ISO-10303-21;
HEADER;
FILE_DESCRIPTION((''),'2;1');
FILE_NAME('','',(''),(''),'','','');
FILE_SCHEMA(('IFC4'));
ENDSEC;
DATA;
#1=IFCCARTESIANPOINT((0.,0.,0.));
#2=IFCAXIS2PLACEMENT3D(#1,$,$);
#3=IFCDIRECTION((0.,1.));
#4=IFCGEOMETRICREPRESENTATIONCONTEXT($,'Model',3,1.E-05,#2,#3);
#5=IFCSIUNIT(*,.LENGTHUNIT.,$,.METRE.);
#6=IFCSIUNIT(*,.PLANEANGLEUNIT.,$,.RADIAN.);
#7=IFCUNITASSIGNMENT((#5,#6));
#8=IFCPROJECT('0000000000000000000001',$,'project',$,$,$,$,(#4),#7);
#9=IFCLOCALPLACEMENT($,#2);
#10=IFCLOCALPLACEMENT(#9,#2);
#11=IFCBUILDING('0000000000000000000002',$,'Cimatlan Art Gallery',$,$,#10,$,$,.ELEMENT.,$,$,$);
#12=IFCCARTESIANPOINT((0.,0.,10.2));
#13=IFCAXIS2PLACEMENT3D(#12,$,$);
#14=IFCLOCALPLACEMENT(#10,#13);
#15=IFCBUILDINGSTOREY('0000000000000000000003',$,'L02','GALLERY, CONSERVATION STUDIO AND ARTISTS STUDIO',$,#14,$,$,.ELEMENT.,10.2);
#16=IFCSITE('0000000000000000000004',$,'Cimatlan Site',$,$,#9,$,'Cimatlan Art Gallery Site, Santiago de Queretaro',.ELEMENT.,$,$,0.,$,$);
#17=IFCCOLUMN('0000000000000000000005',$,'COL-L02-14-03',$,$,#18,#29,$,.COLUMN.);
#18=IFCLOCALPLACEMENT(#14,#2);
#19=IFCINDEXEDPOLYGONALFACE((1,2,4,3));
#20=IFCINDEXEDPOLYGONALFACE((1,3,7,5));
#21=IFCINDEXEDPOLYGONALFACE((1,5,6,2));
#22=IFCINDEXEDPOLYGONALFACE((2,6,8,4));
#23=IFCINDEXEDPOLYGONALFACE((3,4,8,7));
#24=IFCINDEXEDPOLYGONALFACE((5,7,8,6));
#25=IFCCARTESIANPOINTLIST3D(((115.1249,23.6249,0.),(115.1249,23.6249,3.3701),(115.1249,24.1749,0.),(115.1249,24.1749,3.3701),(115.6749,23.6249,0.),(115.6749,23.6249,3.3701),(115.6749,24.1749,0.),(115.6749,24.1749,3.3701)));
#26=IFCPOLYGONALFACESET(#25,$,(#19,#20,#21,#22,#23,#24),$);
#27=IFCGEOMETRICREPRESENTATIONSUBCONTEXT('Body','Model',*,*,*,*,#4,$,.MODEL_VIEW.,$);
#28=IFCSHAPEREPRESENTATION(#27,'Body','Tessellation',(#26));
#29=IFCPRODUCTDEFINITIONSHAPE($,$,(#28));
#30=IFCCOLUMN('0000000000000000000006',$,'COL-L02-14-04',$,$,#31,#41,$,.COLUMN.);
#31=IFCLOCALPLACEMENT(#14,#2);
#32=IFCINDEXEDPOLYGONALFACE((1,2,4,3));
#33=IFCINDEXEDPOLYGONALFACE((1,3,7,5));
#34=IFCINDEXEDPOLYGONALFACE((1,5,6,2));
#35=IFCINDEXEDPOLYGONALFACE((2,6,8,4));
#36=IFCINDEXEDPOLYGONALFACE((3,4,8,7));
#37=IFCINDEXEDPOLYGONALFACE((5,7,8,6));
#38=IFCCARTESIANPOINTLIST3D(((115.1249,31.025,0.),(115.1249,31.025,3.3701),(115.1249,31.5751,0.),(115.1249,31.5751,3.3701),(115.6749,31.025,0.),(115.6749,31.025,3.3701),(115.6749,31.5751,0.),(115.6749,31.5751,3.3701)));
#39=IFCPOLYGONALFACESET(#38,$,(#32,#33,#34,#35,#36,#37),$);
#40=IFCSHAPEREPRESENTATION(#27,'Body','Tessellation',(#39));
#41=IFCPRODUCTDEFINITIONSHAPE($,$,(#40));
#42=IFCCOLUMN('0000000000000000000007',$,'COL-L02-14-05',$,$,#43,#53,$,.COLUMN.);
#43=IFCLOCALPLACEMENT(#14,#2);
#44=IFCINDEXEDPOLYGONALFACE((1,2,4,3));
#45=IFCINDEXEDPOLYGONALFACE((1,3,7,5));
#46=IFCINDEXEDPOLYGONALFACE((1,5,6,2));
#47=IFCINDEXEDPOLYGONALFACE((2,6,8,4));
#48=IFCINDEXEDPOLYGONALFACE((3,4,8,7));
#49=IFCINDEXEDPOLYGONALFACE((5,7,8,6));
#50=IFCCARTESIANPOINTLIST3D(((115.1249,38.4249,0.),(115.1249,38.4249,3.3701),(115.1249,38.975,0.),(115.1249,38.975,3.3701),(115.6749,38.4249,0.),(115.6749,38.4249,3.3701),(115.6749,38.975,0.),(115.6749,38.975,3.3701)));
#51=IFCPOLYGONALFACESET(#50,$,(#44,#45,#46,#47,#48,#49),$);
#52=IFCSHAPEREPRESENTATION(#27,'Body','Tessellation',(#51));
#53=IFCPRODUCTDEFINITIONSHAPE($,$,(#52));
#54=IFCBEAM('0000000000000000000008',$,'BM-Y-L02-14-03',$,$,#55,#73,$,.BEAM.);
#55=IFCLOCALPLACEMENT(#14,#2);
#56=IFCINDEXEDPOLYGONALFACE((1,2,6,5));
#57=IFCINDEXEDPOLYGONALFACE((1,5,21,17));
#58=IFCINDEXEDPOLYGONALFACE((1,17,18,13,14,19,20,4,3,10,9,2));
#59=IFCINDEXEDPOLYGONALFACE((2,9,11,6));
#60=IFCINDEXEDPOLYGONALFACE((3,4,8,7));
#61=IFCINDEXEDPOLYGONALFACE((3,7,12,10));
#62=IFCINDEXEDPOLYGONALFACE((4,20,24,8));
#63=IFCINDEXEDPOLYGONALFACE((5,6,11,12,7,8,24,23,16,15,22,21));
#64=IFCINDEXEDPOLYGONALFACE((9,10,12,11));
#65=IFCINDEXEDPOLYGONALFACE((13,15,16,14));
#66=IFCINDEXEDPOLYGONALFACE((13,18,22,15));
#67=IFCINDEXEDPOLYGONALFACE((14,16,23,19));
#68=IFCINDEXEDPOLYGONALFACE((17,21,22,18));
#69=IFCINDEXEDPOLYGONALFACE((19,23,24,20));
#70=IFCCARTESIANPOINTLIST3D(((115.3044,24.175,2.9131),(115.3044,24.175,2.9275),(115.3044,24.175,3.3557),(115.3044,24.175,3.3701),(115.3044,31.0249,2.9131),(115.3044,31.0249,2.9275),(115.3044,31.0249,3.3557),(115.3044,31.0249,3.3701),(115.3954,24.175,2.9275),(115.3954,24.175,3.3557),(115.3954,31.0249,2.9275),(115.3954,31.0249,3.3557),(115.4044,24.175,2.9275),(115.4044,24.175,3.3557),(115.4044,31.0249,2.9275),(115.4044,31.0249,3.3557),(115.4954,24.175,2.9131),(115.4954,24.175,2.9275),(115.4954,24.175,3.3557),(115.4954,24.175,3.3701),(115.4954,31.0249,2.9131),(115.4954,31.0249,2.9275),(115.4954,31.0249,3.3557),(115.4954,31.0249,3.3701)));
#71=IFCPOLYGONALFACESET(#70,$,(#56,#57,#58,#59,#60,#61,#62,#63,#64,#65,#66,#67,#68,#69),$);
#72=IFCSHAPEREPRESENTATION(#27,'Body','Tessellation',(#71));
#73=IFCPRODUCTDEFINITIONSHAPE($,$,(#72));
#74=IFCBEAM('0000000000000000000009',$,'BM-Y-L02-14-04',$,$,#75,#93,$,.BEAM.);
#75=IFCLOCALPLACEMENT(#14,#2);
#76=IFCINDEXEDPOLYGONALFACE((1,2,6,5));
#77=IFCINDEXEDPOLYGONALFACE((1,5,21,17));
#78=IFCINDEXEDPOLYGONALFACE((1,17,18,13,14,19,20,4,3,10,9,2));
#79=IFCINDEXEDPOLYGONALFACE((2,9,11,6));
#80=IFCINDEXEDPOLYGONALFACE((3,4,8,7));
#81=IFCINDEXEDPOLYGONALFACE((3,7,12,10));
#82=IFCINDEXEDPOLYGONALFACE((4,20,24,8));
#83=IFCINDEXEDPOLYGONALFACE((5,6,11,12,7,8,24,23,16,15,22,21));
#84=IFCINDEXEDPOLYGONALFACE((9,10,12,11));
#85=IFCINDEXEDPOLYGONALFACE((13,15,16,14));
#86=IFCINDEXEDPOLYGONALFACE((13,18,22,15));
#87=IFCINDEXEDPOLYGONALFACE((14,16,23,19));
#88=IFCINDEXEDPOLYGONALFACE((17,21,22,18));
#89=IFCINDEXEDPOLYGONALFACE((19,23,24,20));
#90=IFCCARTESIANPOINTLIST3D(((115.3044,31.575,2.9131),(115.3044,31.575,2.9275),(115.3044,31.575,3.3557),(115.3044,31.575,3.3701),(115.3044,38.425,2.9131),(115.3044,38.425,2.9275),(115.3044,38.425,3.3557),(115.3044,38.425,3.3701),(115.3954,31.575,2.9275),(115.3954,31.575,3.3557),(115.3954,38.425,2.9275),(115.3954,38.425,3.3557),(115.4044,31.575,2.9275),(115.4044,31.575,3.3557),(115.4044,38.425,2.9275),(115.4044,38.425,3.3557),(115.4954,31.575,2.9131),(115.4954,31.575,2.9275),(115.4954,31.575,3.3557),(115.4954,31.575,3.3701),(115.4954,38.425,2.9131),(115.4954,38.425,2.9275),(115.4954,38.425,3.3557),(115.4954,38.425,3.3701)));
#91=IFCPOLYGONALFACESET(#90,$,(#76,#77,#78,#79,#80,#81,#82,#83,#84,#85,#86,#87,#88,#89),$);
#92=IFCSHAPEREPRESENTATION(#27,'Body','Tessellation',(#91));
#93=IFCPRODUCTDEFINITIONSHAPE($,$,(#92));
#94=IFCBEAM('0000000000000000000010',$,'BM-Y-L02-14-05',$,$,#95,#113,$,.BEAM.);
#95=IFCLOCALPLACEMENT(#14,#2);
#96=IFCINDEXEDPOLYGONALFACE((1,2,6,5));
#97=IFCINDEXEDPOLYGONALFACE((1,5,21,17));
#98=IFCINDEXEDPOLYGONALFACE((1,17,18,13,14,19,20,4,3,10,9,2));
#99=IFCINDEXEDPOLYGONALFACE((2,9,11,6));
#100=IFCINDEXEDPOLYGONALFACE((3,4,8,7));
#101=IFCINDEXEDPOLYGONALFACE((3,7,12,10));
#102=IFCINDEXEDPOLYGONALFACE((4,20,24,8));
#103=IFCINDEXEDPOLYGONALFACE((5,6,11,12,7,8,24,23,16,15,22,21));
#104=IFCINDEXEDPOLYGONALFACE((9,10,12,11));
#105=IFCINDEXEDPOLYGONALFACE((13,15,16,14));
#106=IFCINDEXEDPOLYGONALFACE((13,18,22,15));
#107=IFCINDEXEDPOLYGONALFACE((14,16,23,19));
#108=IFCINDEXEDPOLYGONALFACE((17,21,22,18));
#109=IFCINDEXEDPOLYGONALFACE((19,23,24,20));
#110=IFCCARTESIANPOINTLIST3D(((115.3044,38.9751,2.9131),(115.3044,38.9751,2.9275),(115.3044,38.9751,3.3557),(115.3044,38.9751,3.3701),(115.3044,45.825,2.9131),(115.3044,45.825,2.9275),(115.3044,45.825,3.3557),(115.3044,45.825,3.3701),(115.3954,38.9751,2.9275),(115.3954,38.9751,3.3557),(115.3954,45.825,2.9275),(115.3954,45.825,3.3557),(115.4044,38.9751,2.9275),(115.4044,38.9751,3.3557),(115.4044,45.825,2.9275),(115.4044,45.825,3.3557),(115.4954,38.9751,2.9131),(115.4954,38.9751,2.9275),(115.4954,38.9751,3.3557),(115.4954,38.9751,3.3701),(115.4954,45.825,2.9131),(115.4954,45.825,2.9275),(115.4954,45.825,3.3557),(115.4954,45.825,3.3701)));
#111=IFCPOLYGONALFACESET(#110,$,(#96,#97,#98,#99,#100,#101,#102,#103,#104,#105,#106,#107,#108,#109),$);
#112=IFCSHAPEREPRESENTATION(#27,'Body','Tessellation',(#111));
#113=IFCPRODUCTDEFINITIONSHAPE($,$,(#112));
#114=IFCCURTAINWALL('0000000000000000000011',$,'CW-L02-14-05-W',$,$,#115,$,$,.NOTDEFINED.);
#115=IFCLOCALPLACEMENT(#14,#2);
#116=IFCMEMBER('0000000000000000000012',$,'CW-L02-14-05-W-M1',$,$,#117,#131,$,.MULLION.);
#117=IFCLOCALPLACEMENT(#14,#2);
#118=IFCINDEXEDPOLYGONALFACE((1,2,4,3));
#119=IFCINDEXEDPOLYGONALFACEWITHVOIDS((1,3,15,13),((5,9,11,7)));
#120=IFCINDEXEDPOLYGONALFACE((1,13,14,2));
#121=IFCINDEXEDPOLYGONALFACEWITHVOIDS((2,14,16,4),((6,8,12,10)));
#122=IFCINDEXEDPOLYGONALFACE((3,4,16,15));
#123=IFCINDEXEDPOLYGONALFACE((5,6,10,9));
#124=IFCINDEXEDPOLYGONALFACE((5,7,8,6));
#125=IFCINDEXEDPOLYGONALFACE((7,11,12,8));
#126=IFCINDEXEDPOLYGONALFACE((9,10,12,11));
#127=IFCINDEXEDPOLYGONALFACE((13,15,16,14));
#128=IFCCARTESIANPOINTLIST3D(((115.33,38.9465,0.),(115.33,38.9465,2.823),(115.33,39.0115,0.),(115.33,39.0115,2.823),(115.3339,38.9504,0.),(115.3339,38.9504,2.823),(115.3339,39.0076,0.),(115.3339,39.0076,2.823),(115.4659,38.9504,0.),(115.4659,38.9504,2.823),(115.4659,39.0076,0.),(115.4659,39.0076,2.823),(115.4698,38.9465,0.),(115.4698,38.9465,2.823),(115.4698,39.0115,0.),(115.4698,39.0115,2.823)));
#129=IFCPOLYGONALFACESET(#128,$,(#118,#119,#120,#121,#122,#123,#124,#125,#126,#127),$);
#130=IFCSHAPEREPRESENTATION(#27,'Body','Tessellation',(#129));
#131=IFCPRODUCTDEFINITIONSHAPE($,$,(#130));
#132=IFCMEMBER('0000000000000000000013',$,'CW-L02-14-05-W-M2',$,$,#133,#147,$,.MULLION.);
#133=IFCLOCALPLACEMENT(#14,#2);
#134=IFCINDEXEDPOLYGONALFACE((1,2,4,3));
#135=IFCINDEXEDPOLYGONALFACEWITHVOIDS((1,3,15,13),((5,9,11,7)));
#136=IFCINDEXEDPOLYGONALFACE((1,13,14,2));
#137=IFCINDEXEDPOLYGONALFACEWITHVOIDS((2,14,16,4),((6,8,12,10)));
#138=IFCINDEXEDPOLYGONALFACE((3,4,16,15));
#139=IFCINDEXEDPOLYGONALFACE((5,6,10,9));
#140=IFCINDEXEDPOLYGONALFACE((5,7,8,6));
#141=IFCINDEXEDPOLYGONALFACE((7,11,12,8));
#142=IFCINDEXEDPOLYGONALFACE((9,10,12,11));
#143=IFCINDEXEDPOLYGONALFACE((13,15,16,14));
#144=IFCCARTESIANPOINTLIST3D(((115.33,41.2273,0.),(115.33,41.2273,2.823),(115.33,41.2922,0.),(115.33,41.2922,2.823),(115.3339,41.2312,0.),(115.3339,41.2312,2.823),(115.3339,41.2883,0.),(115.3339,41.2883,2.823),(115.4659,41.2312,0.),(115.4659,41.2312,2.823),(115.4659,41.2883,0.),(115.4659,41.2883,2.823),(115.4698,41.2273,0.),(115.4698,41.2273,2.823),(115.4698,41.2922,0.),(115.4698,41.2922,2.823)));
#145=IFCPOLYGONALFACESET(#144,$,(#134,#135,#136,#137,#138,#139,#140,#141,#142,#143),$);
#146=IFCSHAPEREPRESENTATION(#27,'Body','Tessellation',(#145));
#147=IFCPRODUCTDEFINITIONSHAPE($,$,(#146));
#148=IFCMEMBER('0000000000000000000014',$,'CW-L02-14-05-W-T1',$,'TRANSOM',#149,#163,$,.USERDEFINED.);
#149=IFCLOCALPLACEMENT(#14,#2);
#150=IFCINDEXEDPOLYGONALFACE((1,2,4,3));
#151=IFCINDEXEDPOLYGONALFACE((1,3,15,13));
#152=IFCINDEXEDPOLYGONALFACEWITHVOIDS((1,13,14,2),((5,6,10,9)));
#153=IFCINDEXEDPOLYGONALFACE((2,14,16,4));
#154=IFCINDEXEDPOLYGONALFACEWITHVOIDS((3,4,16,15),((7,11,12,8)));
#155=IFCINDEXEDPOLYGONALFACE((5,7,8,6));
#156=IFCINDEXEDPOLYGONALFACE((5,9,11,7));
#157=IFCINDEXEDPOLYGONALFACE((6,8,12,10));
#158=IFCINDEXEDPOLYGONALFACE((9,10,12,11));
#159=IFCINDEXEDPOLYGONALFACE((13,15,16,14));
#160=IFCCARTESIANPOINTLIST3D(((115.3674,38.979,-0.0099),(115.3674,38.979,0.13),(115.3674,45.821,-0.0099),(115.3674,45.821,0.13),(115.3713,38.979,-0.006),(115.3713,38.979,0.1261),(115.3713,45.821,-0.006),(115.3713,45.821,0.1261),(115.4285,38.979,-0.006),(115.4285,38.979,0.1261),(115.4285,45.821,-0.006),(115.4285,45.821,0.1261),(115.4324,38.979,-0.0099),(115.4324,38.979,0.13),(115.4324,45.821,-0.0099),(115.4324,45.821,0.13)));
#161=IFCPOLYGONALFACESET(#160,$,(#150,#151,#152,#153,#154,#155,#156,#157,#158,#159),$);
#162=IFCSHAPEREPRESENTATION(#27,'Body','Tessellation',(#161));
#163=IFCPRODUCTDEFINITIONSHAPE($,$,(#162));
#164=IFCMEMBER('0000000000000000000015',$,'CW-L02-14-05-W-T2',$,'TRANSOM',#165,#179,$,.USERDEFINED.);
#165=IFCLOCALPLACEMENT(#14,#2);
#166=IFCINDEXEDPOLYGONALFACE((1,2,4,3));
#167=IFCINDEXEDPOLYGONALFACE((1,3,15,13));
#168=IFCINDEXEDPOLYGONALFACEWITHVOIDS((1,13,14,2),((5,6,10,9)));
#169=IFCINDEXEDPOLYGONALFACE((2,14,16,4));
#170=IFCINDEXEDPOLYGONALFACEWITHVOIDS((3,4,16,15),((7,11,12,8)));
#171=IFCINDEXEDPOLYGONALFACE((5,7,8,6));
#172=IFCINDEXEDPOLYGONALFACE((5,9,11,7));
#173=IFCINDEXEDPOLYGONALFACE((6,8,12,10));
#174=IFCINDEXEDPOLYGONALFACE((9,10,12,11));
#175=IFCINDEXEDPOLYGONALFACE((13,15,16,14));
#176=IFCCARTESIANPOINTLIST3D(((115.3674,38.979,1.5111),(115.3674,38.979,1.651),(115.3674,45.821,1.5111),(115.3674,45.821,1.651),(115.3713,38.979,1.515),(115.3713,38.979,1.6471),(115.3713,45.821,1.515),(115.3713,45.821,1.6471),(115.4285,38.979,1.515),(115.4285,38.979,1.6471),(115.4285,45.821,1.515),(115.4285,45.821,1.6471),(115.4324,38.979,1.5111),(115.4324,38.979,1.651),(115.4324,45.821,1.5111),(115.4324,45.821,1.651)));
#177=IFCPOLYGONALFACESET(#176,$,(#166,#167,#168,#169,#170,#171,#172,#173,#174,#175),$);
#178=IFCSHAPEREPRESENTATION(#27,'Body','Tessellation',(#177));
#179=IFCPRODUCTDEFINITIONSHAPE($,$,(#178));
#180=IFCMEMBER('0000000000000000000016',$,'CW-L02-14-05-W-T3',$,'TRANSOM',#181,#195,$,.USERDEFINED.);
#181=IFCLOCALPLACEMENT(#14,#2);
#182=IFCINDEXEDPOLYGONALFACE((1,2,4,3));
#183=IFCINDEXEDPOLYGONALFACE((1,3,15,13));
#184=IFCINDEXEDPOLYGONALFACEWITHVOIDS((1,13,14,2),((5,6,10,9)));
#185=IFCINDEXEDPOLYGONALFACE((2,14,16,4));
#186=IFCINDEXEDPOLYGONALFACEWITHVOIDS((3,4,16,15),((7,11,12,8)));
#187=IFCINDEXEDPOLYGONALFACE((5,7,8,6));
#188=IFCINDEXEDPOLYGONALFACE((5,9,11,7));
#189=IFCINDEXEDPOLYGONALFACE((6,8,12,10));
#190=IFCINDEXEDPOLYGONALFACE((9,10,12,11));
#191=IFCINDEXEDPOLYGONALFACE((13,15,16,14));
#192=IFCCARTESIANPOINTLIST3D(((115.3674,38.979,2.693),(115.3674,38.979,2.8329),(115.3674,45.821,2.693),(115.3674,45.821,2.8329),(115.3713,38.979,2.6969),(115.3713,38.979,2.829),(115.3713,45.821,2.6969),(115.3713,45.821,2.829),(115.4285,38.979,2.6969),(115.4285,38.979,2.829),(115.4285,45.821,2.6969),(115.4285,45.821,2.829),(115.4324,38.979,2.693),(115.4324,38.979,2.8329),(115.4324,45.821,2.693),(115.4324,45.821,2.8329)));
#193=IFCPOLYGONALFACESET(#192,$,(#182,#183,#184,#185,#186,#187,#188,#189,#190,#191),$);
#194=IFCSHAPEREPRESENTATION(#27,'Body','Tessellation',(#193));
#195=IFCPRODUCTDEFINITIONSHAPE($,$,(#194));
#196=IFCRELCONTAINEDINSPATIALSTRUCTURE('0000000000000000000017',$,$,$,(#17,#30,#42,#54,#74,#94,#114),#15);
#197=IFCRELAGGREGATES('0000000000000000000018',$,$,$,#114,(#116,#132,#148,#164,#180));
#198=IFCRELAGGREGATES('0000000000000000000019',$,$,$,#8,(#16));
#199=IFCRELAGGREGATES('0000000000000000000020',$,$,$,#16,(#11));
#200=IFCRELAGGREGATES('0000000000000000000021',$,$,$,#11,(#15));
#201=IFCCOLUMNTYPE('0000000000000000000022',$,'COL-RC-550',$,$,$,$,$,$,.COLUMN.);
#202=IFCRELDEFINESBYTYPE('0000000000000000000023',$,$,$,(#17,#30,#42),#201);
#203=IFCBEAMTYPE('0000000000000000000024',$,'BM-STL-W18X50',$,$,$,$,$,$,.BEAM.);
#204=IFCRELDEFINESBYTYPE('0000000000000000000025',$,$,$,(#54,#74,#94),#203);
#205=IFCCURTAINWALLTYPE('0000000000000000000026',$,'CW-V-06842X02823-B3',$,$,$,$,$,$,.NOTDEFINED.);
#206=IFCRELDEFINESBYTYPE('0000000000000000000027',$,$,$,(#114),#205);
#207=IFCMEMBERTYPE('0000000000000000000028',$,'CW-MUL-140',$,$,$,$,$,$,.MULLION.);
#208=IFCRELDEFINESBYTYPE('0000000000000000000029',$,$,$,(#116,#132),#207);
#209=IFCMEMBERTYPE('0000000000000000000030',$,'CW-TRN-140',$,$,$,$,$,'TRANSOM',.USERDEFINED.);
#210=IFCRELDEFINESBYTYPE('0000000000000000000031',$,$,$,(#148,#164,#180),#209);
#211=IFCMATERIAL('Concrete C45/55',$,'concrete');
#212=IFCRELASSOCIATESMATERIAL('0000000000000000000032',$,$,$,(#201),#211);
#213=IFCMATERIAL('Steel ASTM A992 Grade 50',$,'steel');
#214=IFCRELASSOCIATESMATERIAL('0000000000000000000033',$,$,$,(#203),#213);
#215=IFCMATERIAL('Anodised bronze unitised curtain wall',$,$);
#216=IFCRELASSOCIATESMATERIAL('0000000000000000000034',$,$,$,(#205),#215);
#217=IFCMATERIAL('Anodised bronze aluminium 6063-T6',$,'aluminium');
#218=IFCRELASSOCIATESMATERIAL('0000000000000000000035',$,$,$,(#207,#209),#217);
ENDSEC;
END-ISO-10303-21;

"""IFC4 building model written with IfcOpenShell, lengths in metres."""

from ifc_helpers import new_model, si_unit, direction, frame, origin, origin_2d, place, context, subcontext, project, spatial, rectangle, hollow_rectangle, i_section, extrude, material, material_profile, profile_set, type_object, element, aggregate, save


model = new_model("IFC4")

# Units and contexts
model_context = context("Model", 3, precision=1e-05, world=origin(), true_north=direction((0.0, 1.0)))
body_context = subcontext(model_context, "Body", "Model", "MODEL_VIEW")
ifc_project = project(units=[si_unit("LENGTHUNIT", "METRE"), si_unit("PLANEANGLEUNIT", "RADIAN")], contexts=[model_context])

# Site, building, storey
site_placement = place(None, origin())
site = spatial("IfcSite", under=ifc_project, at=site_placement, Name="Cimatlan Site", LongName="Cimatlan Art Gallery Site, Santiago de Queretaro", CompositionType="ELEMENT", RefElevation=0.0)
building_placement = place(site_placement, origin())
building = spatial("IfcBuilding", under=site, at=building_placement, Name="Cimatlan Art Gallery", CompositionType="ELEMENT")
storey_placement = place(building_placement, frame((0.0, 0.0, 10.2)))
storey = spatial("IfcBuildingStorey", under=building, at=storey_placement, Name="L02", Description="GALLERY, CONSERVATION STUDIO AND ARTISTS STUDIO", CompositionType="ELEMENT", Elevation=10.2)

# Columns
ifc_material_1 = material(Name="Concrete C45/55", Category="concrete")
ifc_material_profile_1 = material_profile(ifc_material_1, rectangle(XDim=0.55, YDim=0.55, at=origin_2d()), Name="RC550X550")
ifc_profile_set_1 = profile_set([ifc_material_profile_1], Name="Concrete C45/55")
column_type = type_object("IfcColumnType", Name="COL-RC-550", PredefinedType="COLUMN", material=ifc_profile_set_1)
for number, where, z_axis, x_axis, name in (
    (1, (115.3999, 23.8999, 0.0), (0.0, 0.0, 1.0), (1.0, 0.0, 0.0), "COL-L02-14-03"),
    (2, (115.3999, 31.3, 0.0), (0.0, 0.0, 1.0), (1.0, 0.0, 0.0), "COL-L02-14-04"),
    (3, (115.3999, 38.7, 0.0), (0.0, 0.0, 1.0), (1.0, 0.0, 0.0), "COL-L02-14-05"),
):
    element("IfcColumn", number, at=place(storey_placement, frame(where, z_axis=z_axis, x_axis=x_axis)), inside=storey, type_object=column_type, Name=name, PredefinedType="COLUMN", context=body_context, shape_type="SweptSolid", body=[
        extrude(rectangle(XDim=0.55, YDim=0.55, at=origin_2d()), origin(), (0.0, 0.0, 1.0), 3.3701),
    ])

# Beams
ifc_material_2 = material(Name="Steel ASTM A992 Grade 50", Category="steel")
ifc_material_profile_2 = material_profile(ifc_material_2, i_section(OverallWidth=0.1909, OverallDepth=0.457, WebThickness=0.009, FlangeThickness=0.0144, at=origin_2d()), Name="W18X50")
ifc_profile_set_2 = profile_set([ifc_material_profile_2], Name="Steel ASTM A992 Grade 50")
beam_type = type_object("IfcBeamType", Name="BM-STL-W18X50", PredefinedType="BEAM", material=ifc_profile_set_2)
beam_1_placement = place(storey_placement, frame((115.3999, 24.175, 3.1416), z_axis=(0.0, 1.0, 0.0), x_axis=(-1.0, 0.0, 0.0)))
element("IfcBeam", 4, at=beam_1_placement, inside=storey, type_object=beam_type, Name="BM-Y-L02-14-03", PredefinedType="BEAM", context=body_context, shape_type="SweptSolid", body=[
    extrude(i_section(OverallWidth=0.1909, OverallDepth=0.457, WebThickness=0.009, FlangeThickness=0.0144, at=origin_2d()), origin(), (0.0, 0.0, 1.0), 6.8499),
])
beam_2_placement = place(storey_placement, frame((115.3999, 31.575, 3.1416), z_axis=(0.0, 1.0, 0.0), x_axis=(-1.0, 0.0, 0.0)))
element("IfcBeam", 5, at=beam_2_placement, inside=storey, type_object=beam_type, Name="BM-Y-L02-14-04", PredefinedType="BEAM", context=body_context, shape_type="SweptSolid", body=[
    extrude(i_section(OverallWidth=0.1909, OverallDepth=0.457, WebThickness=0.009, FlangeThickness=0.0144, at=origin_2d()), origin(), (0.0, 0.0, 1.0), 6.8501),
])
beam_3_placement = place(storey_placement, frame((115.3999, 38.9751, 3.1416), z_axis=(0.0, 1.0, 0.0), x_axis=(-1.0, 0.0, 0.0)))
element("IfcBeam", 6, at=beam_3_placement, inside=storey, type_object=beam_type, Name="BM-Y-L02-14-05", PredefinedType="BEAM", context=body_context, shape_type="SweptSolid", body=[
    extrude(i_section(OverallWidth=0.1909, OverallDepth=0.457, WebThickness=0.009, FlangeThickness=0.0144, at=origin_2d()), origin(), (0.0, 0.0, 1.0), 6.8499),
])

# Curtain wall, members
ifc_material_3 = material(Name="Anodised bronze unitised curtain wall")
curtain_wall_type = type_object("IfcCurtainWallType", Name="CW-V-06842X02823-B3", PredefinedType="NOTDEFINED", material=ifc_material_3)
curtain_wall_placement = place(storey_placement, origin())
curtain_wall = element("IfcCurtainWall", 7, at=curtain_wall_placement, inside=storey, type_object=curtain_wall_type, Name="CW-L02-14-05-W", PredefinedType="NOTDEFINED")
ifc_material_4 = material(Name="Anodised bronze aluminium 6063-T6", Category="aluminium")
ifc_material_profile_3 = material_profile(ifc_material_4, hollow_rectangle(XDim=0.0649, YDim=0.1399, WallThickness=0.0039, at=origin_2d()), Name="ALU65X140X4")
ifc_profile_set_3 = profile_set([ifc_material_profile_3], Name="Anodised bronze aluminium 6063-T6")
member_type_1 = type_object("IfcMemberType", Name="CW-MUL-140", PredefinedType="MULLION", material=ifc_profile_set_3)
member_1_placement = place(storey_placement, frame((115.3999, 38.979, 0.0), z_axis=(0.0, 0.0, 1.0), x_axis=(0.0, 1.0, 0.0)))
member_1 = element("IfcMember", 8, at=member_1_placement, type_object=member_type_1, Name="CW-L02-14-05-W-M1", PredefinedType="MULLION", context=body_context, shape_type="SweptSolid", body=[
    extrude(hollow_rectangle(XDim=0.0649, YDim=0.1399, WallThickness=0.0039, at=origin_2d()), origin(), (0.0, 0.0, 1.0), 2.823),
])
member_2_placement = place(storey_placement, frame((115.3999, 41.2598, 0.0), z_axis=(0.0, 0.0, 1.0), x_axis=(0.0, 1.0, 0.0)))
member_2 = element("IfcMember", 9, at=member_2_placement, type_object=member_type_1, Name="CW-L02-14-05-W-M2", PredefinedType="MULLION", context=body_context, shape_type="SweptSolid", body=[
    extrude(hollow_rectangle(XDim=0.0649, YDim=0.1399, WallThickness=0.0039, at=origin_2d()), origin(), (0.0, 0.0, 1.0), 2.823),
])
ifc_material_profile_4 = material_profile(ifc_material_4, hollow_rectangle(XDim=0.0649, YDim=0.1399, WallThickness=0.0039, at=origin_2d()), Name="ALU65X140X4")
ifc_profile_set_4 = profile_set([ifc_material_profile_4], Name="Anodised bronze aluminium 6063-T6")
member_type_2 = type_object("IfcMemberType", Name="CW-TRN-140", ElementType="TRANSOM", PredefinedType="USERDEFINED", material=ifc_profile_set_4)
member_3_placement = place(storey_placement, frame((115.3999, 38.979, 0.0601), z_axis=(0.0, 1.0, 0.0), x_axis=(-1.0, 0.0, 0.0)))
member_3 = element("IfcMember", 10, at=member_3_placement, type_object=member_type_2, Name="CW-L02-14-05-W-T1", ObjectType="TRANSOM", PredefinedType="USERDEFINED", context=body_context, shape_type="SweptSolid", body=[
    extrude(hollow_rectangle(XDim=0.0649, YDim=0.1399, WallThickness=0.0039, at=origin_2d()), origin(), (0.0, 0.0, 1.0), 6.842),
])
member_4_placement = place(storey_placement, frame((115.3999, 38.979, 1.5811), z_axis=(0.0, 1.0, 0.0), x_axis=(-1.0, 0.0, 0.0)))
member_4 = element("IfcMember", 11, at=member_4_placement, type_object=member_type_2, Name="CW-L02-14-05-W-T2", ObjectType="TRANSOM", PredefinedType="USERDEFINED", context=body_context, shape_type="SweptSolid", body=[
    extrude(hollow_rectangle(XDim=0.0649, YDim=0.1399, WallThickness=0.0039, at=origin_2d()), origin(), (0.0, 0.0, 1.0), 6.842),
])
member_5_placement = place(storey_placement, frame((115.3999, 38.979, 2.7629), z_axis=(0.0, 1.0, 0.0), x_axis=(-1.0, 0.0, 0.0)))
member_5 = element("IfcMember", 12, at=member_5_placement, type_object=member_type_2, Name="CW-L02-14-05-W-T3", ObjectType="TRANSOM", PredefinedType="USERDEFINED", context=body_context, shape_type="SweptSolid", body=[
    extrude(hollow_rectangle(XDim=0.0649, YDim=0.1399, WallThickness=0.0039, at=origin_2d()), origin(), (0.0, 0.0, 1.0), 6.842),
])
aggregate(curtain_wall, [member_1, member_2, member_3, member_4, member_5])

save(model, "model.ifc")
